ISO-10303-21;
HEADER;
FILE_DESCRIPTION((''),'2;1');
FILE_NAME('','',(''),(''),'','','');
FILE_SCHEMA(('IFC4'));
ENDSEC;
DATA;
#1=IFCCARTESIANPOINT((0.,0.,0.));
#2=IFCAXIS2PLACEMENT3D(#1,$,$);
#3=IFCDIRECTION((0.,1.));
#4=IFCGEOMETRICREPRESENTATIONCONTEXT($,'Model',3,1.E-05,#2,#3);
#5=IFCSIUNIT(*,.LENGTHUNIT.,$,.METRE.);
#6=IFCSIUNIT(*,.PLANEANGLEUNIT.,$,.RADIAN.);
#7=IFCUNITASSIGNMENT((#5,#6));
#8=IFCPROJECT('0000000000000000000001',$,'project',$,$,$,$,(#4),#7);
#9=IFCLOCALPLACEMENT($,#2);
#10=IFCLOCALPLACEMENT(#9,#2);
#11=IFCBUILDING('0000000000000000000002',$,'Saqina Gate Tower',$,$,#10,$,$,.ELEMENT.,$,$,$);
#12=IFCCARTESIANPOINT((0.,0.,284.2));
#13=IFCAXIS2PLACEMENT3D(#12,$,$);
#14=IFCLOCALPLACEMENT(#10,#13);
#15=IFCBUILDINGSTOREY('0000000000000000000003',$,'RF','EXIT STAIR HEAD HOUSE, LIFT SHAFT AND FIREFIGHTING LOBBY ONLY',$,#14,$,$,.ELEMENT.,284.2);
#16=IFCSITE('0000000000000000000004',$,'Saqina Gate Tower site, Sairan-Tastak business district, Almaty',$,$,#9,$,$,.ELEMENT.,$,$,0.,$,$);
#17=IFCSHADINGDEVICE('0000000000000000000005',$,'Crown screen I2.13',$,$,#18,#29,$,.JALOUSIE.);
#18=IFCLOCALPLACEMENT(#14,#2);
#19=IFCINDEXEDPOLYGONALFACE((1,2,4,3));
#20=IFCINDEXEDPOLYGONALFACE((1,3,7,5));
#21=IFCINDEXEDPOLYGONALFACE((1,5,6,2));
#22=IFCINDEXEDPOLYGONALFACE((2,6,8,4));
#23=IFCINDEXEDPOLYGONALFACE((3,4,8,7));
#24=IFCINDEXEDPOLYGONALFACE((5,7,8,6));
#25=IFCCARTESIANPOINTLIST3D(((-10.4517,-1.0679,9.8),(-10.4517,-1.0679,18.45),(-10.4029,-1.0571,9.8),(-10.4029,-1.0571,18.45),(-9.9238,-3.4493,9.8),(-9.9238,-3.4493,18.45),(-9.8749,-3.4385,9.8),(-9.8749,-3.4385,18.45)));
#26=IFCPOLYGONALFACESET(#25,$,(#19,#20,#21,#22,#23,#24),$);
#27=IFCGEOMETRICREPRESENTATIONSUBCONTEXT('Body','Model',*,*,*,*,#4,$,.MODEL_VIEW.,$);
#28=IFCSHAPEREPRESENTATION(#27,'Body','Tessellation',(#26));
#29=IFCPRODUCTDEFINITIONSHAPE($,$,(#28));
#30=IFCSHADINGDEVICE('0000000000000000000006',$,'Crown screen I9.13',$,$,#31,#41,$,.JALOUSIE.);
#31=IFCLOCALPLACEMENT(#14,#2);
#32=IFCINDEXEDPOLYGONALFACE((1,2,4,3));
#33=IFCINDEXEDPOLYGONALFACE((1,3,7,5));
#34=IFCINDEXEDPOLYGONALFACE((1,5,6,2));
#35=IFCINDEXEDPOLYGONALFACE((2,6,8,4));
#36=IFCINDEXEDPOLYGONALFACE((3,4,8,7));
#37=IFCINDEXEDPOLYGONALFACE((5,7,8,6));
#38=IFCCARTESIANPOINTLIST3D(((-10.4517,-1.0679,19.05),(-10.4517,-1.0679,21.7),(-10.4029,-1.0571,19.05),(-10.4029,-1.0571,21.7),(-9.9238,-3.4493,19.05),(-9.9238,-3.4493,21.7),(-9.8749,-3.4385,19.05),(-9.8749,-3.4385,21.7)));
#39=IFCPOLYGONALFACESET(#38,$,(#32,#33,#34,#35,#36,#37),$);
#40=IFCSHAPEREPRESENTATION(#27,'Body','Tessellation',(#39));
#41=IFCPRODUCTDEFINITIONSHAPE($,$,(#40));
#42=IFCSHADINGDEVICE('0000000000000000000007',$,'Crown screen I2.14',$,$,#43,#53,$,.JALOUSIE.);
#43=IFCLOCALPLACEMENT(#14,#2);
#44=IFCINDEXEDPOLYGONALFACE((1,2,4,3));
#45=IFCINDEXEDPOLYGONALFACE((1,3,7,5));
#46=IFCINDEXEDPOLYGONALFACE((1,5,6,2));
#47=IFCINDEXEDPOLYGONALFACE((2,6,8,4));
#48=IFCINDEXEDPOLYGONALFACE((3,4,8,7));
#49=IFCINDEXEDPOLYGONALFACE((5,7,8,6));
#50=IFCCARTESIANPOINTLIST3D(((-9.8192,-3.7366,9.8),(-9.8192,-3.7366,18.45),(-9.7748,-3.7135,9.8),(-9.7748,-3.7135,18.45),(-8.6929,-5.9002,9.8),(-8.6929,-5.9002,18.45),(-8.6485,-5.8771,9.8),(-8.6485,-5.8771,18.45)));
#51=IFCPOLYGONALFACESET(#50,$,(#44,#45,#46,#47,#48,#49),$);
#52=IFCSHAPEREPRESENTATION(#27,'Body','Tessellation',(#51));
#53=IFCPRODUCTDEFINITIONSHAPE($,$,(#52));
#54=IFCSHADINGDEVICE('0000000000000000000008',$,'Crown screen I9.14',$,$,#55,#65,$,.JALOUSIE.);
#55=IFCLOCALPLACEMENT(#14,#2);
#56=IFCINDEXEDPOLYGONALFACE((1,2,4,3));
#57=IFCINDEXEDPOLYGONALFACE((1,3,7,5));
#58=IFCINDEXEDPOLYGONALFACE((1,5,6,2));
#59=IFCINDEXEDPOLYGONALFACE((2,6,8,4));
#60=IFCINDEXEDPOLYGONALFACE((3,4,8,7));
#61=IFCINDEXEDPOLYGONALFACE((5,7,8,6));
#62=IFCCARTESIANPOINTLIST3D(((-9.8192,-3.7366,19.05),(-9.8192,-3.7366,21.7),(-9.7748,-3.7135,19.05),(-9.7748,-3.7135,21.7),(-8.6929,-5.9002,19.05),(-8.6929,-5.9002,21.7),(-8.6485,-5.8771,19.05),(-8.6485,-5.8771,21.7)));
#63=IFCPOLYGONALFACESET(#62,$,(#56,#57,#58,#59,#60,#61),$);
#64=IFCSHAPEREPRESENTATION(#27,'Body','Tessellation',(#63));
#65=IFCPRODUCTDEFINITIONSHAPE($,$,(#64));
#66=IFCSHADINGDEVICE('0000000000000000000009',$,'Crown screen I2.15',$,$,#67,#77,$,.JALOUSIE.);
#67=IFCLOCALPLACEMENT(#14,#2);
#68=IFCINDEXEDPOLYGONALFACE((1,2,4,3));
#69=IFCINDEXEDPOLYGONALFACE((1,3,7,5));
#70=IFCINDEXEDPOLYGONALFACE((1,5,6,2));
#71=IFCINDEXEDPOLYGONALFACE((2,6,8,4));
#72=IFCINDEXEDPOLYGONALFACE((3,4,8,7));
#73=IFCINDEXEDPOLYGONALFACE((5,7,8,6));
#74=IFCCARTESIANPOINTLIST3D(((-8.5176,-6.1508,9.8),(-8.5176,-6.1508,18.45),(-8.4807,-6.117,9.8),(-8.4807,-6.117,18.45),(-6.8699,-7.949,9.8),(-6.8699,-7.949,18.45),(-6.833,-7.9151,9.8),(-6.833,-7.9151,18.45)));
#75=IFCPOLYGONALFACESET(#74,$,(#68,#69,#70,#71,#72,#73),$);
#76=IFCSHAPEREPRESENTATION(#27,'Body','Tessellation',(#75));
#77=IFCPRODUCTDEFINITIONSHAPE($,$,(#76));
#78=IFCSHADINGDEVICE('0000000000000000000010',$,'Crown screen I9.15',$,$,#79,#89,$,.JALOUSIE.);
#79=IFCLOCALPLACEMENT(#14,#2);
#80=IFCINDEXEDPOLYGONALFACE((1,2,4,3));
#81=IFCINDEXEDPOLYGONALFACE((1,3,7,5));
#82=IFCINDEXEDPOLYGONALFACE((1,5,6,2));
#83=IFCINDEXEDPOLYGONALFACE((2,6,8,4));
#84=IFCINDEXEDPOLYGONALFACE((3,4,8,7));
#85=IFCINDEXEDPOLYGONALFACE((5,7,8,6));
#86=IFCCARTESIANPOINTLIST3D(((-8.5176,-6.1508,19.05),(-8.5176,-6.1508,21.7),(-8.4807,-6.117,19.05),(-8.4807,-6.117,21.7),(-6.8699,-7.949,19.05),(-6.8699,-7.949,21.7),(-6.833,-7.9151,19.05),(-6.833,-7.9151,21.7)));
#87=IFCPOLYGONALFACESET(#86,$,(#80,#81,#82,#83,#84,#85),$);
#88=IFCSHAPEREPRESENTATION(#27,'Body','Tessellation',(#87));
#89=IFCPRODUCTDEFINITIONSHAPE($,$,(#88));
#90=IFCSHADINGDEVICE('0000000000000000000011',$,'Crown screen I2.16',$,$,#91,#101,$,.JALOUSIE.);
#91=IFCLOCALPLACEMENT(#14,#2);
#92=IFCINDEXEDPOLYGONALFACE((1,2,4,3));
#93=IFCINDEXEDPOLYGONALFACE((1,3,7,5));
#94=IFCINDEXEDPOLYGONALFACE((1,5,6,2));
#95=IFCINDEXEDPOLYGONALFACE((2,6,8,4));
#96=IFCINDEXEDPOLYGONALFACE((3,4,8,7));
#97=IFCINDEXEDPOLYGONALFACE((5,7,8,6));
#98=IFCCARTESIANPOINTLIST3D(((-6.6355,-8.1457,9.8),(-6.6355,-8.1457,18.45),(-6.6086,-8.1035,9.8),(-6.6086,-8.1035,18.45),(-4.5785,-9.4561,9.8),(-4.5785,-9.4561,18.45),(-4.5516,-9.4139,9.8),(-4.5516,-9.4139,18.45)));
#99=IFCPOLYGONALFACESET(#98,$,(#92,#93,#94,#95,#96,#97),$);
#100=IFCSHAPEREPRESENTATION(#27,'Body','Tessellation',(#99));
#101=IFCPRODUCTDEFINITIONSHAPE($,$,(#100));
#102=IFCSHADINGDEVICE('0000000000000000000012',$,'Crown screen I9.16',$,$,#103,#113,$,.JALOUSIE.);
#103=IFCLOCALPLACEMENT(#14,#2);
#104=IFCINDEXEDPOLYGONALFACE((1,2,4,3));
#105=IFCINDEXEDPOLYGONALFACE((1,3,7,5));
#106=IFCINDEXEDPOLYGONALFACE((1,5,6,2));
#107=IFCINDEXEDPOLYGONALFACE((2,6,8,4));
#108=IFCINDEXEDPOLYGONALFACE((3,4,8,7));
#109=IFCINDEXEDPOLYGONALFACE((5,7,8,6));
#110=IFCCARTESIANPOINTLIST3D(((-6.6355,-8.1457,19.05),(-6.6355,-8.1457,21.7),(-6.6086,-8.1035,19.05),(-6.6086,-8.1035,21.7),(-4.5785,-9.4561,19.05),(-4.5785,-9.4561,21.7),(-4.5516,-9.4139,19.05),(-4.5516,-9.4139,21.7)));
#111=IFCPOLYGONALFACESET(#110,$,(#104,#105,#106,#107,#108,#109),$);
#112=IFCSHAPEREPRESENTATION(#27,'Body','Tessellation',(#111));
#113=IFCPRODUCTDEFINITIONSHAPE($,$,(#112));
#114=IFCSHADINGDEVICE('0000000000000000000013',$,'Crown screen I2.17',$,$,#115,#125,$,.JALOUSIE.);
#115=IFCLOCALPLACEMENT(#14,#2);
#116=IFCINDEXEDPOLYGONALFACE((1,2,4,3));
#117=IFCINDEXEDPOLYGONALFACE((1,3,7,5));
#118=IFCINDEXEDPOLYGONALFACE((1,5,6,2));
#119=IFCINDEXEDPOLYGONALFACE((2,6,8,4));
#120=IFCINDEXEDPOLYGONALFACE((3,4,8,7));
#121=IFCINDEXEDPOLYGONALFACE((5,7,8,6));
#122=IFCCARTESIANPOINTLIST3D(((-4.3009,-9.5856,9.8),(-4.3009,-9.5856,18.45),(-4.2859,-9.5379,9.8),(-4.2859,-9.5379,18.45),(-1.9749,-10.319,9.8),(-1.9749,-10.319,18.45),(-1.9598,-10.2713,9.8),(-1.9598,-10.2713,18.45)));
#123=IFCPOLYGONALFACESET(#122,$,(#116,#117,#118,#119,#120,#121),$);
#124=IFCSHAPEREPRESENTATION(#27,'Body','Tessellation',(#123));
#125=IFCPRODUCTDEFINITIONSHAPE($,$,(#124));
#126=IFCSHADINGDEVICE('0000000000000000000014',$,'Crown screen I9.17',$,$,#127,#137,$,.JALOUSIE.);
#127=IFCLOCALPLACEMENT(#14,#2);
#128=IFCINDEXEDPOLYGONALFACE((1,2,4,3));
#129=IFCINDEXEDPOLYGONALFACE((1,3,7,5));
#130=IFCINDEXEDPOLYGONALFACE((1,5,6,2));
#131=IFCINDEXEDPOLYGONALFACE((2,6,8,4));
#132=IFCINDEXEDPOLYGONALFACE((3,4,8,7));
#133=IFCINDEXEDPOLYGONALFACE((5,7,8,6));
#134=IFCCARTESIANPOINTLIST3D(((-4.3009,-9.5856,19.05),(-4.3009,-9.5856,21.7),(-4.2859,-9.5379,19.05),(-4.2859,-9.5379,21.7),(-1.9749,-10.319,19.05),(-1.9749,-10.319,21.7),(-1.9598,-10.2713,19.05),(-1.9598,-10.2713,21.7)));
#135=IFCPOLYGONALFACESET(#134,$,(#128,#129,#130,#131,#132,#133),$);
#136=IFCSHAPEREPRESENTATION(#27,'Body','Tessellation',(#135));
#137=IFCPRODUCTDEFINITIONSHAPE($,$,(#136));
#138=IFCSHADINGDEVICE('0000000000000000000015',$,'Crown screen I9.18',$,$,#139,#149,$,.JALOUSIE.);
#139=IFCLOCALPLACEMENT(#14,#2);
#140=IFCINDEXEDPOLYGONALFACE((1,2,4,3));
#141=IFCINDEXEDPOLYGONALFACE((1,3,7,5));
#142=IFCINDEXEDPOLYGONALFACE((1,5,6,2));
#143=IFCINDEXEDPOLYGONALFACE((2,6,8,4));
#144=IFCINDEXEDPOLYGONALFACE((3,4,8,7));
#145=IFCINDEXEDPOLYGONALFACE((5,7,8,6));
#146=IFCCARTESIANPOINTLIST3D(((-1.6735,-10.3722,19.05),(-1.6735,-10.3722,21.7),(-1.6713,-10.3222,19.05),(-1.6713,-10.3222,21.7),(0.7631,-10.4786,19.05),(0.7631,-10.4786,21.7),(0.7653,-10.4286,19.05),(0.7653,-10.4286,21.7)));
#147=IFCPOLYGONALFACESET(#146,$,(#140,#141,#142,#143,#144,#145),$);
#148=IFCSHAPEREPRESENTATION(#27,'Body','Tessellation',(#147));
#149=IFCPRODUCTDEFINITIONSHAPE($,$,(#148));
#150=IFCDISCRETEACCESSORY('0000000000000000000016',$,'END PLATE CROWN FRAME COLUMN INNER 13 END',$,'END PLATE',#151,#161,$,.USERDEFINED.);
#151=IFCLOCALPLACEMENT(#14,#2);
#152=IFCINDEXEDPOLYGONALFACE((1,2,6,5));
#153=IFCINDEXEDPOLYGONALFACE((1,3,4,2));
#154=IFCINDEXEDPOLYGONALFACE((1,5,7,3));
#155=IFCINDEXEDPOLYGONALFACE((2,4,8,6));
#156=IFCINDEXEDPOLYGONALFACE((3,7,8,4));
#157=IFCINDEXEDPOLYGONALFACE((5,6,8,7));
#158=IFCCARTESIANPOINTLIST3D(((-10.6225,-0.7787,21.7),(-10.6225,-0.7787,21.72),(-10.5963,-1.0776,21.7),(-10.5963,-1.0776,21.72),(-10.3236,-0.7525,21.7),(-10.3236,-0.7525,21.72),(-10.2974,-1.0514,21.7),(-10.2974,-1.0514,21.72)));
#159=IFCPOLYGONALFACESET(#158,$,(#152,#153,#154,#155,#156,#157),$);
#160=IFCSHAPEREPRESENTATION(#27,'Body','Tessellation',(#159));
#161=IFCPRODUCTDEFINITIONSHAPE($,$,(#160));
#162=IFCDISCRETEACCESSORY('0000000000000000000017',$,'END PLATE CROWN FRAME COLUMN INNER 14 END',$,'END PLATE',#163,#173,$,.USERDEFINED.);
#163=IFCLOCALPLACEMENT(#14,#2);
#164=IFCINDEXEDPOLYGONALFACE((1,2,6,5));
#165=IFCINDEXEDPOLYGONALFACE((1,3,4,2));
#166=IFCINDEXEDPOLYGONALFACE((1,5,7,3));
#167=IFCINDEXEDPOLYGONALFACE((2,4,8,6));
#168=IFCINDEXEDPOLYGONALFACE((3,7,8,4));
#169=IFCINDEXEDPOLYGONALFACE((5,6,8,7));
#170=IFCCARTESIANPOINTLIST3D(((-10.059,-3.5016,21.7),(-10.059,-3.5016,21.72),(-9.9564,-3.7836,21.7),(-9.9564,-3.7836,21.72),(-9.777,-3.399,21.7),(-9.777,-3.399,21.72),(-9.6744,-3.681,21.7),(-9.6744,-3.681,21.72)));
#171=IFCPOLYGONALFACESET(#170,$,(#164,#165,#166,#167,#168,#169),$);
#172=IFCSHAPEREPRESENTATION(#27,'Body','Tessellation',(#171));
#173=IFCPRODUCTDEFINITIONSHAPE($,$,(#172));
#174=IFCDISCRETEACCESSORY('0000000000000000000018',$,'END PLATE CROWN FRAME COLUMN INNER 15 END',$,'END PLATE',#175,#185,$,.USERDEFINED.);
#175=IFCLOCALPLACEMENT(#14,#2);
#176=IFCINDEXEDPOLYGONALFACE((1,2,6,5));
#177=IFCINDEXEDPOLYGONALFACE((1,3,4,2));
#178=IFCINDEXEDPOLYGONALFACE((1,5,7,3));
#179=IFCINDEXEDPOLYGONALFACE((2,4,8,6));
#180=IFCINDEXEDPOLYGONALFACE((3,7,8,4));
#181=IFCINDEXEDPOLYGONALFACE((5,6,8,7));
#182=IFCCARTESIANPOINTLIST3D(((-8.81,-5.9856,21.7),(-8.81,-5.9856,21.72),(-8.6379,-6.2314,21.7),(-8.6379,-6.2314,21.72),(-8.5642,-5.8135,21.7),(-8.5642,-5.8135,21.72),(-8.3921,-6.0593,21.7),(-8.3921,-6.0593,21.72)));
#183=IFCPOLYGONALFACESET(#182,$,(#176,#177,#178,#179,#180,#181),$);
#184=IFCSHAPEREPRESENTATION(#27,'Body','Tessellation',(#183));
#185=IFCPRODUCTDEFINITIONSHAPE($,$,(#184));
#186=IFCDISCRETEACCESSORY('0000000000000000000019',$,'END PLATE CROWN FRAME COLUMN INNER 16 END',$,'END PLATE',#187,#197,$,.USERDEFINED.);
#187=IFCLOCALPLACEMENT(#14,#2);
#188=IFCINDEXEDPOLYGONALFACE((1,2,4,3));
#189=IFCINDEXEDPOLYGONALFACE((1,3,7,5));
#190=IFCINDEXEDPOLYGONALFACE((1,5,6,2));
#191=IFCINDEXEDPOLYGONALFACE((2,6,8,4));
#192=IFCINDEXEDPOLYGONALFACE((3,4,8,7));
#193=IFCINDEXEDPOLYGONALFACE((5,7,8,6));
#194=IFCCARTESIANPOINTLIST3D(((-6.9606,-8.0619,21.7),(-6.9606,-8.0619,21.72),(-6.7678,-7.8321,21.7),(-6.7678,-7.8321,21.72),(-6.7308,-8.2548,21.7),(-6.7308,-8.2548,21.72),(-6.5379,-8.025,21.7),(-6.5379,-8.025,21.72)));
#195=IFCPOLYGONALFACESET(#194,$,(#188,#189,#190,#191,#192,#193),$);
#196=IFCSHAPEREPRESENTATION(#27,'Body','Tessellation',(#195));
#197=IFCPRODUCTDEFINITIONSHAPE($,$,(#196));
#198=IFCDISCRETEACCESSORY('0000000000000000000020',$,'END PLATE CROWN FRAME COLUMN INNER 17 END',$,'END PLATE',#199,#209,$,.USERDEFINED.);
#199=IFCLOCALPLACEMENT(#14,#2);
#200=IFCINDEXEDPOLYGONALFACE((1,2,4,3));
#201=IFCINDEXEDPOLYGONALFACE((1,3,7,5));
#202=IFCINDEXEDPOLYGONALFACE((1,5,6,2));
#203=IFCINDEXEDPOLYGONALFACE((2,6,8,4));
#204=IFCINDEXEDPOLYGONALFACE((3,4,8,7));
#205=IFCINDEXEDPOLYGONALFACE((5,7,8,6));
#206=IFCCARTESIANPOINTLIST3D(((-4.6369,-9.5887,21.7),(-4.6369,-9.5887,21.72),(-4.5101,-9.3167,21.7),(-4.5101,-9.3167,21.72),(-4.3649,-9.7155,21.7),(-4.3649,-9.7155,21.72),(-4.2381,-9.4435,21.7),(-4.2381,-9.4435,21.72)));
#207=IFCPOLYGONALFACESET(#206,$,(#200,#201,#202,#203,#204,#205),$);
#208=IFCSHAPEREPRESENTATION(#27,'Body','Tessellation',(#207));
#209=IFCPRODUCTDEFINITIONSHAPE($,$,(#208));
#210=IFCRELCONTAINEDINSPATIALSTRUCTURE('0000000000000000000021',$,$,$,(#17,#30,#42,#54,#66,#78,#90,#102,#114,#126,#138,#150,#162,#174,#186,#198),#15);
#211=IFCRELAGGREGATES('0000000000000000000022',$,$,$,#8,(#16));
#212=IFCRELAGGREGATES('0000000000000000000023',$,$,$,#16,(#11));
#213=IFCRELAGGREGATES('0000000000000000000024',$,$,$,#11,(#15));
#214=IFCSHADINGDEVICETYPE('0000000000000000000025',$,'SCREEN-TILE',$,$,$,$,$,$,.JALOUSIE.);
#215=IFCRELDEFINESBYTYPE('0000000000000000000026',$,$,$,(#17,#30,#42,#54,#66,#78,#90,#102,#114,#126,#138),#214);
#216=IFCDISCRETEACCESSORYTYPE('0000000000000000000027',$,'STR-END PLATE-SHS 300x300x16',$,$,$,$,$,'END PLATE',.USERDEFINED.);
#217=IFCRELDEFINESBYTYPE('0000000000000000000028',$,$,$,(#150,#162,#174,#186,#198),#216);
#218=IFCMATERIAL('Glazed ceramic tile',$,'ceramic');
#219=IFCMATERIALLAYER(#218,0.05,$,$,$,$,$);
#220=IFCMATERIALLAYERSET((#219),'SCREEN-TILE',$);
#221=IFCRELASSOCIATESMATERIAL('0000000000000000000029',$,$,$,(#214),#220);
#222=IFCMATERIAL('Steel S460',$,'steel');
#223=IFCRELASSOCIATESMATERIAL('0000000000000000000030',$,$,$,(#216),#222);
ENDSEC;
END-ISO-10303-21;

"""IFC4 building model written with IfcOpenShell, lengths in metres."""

from ifc_helpers import new_model, si_unit, direction, frame, origin, origin_2d, place, context, subcontext, project, spatial, rectangle, extrude, material, layer, layer_set, material_profile, profile_set, type_object, element, save


model = new_model("IFC4")

# Units and contexts
model_context = context("Model", 3, precision=1e-05, world=origin(), true_north=direction((0.0, 1.0)))
body_context = subcontext(model_context, "Body", "Model", "MODEL_VIEW")
ifc_project = project(units=[si_unit("LENGTHUNIT", "METRE"), si_unit("PLANEANGLEUNIT", "RADIAN")], contexts=[model_context])

# Site, building, storey
site_placement = place(None, origin())
site = spatial("IfcSite", under=ifc_project, at=site_placement, Name="Saqina Gate Tower site, Sairan-Tastak business district, Almaty", CompositionType="ELEMENT", RefElevation=0.0)
building_placement = place(site_placement, origin())
building = spatial("IfcBuilding", under=site, at=building_placement, Name="Saqina Gate Tower", CompositionType="ELEMENT")
storey_placement = place(building_placement, frame((0.0, 0.0, 284.2)))
storey = spatial("IfcBuildingStorey", under=building, at=storey_placement, Name="RF", Description="EXIT STAIR HEAD HOUSE, LIFT SHAFT AND FIREFIGHTING LOBBY ONLY", CompositionType="ELEMENT", Elevation=284.2)

# Shading devices
ifc_material_1 = material(Name="Glazed ceramic tile", Category="ceramic")
ifc_layer = layer(ifc_material_1, 0.05)
ifc_layer_set = layer_set([ifc_layer], Name="SCREEN-TILE")
shading_device_type = type_object("IfcShadingDeviceType", Name="SCREEN-TILE", PredefinedType="JALOUSIE", material=ifc_layer_set)
shading_device_1_placement = place(storey_placement, frame((-10.1633, -2.2532, 9.8), z_axis=(0.0, 0.0, 1.0), x_axis=(0.21644, -0.976296, 0.0)))
element("IfcShadingDevice", 1, at=shading_device_1_placement, inside=storey, type_object=shading_device_type, Name="Crown screen I2.13", PredefinedType="JALOUSIE", context=body_context, shape_type="SweptSolid", body=[
    extrude(rectangle(XDim=2.4392, YDim=0.05, at=origin_2d()), origin(), (0.0, 0.0, 1.0), 8.6499),
])
shading_device_2_placement = place(storey_placement, frame((-10.1633, -2.2532, 19.05), z_axis=(0.0, 0.0, 1.0), x_axis=(0.21644, -0.976296, 0.0)))
element("IfcShadingDevice", 2, at=shading_device_2_placement, inside=storey, type_object=shading_device_type, Name="Crown screen I9.13", PredefinedType="JALOUSIE", context=body_context, shape_type="SweptSolid", body=[
    extrude(rectangle(XDim=2.4392, YDim=0.05, at=origin_2d()), origin(), (0.0, 0.0, 1.0), 2.6499),
])
shading_device_3_placement = place(storey_placement, frame((-9.2339, -4.8069, 9.8), z_axis=(0.0, 0.0, 1.0), x_axis=(0.461749, -0.887011, 0.0)))
element("IfcShadingDevice", 3, at=shading_device_3_placement, inside=storey, type_object=shading_device_type, Name="Crown screen I2.14", PredefinedType="JALOUSIE", context=body_context, shape_type="SweptSolid", body=[
    extrude(rectangle(XDim=2.4392, YDim=0.05, at=origin_2d()), origin(), (0.0, 0.0, 1.0), 8.6499),
])
shading_device_4_placement = place(storey_placement, frame((-9.2339, -4.8069, 19.05), z_axis=(0.0, 0.0, 1.0), x_axis=(0.461749, -0.887011, 0.0)))
element("IfcShadingDevice", 4, at=shading_device_4_placement, inside=storey, type_object=shading_device_type, Name="Crown screen I9.14", PredefinedType="JALOUSIE", context=body_context, shape_type="SweptSolid", body=[
    extrude(rectangle(XDim=2.4392, YDim=0.05, at=origin_2d()), origin(), (0.0, 0.0, 1.0), 2.6499),
])
shading_device_5_placement = place(storey_placement, frame((-7.6753, -7.033, 9.8), z_axis=(0.0, 0.0, 1.0), x_axis=(0.67559, -0.737277, 0.0)))
element("IfcShadingDevice", 5, at=shading_device_5_placement, inside=storey, type_object=shading_device_type, Name="Crown screen I2.15", PredefinedType="JALOUSIE", context=body_context, shape_type="SweptSolid", body=[
    extrude(rectangle(XDim=2.439, YDim=0.05, at=origin_2d()), origin(), (0.0, 0.0, 1.0), 8.6499),
])
shading_device_6_placement = place(storey_placement, frame((-7.6753, -7.033, 19.05), z_axis=(0.0, 0.0, 1.0), x_axis=(0.67559, -0.737277, 0.0)))
element("IfcShadingDevice", 6, at=shading_device_6_placement, inside=storey, type_object=shading_device_type, Name="Crown screen I9.15", PredefinedType="JALOUSIE", context=body_context, shape_type="SweptSolid", body=[
    extrude(rectangle(XDim=2.439, YDim=0.05, at=origin_2d()), origin(), (0.0, 0.0, 1.0), 2.6499),
])
shading_device_7_placement = place(storey_placement, frame((-5.5935, -8.7798, 9.8), z_axis=(0.0, 0.0, 1.0), x_axis=(0.843391, -0.5373, 0.0)))
element("IfcShadingDevice", 7, at=shading_device_7_placement, inside=storey, type_object=shading_device_type, Name="Crown screen I2.16", PredefinedType="JALOUSIE", context=body_context, shape_type="SweptSolid", body=[
    extrude(rectangle(XDim=2.439, YDim=0.05, at=origin_2d()), origin(), (0.0, 0.0, 1.0), 8.6499),
])
shading_device_8_placement = place(storey_placement, frame((-5.5935, -8.7798, 19.05), z_axis=(0.0, 0.0, 1.0), x_axis=(0.843391, -0.5373, 0.0)))
element("IfcShadingDevice", 8, at=shading_device_8_placement, inside=storey, type_object=shading_device_type, Name="Crown screen I9.16", PredefinedType="JALOUSIE", context=body_context, shape_type="SweptSolid", body=[
    extrude(rectangle(XDim=2.439, YDim=0.05, at=origin_2d()), origin(), (0.0, 0.0, 1.0), 2.6499),
])
shading_device_9_placement = place(storey_placement, frame((-3.1304, -9.9285, 9.8), z_axis=(0.0, 0.0, 1.0), x_axis=(0.953717, -0.300706, 0.0)))
element("IfcShadingDevice", 9, at=shading_device_9_placement, inside=storey, type_object=shading_device_type, Name="Crown screen I2.17", PredefinedType="JALOUSIE", context=body_context, shape_type="SweptSolid", body=[
    extrude(rectangle(XDim=2.439, YDim=0.05, at=origin_2d()), origin(), (0.0, 0.0, 1.0), 8.6499),
])
for number, where, z_axis, x_axis, name in (
    (10, (-3.1304, -9.9285, 19.05), (0.0, 0.0, 1.0), (0.953717, -0.300706, 0.0), "Crown screen I9.17"),
    (11, (-0.4541, -10.4004, 19.05), (0.0, 0.0, 1.0), (0.999048, -0.043619, 0.0), "Crown screen I9.18"),
):
    element("IfcShadingDevice", number, at=place(storey_placement, frame(where, z_axis=z_axis, x_axis=x_axis)), inside=storey, type_object=shading_device_type, Name=name, PredefinedType="JALOUSIE", context=body_context, shape_type="SweptSolid", body=[
        extrude(rectangle(XDim=2.439, YDim=0.05, at=origin_2d()), origin(), (0.0, 0.0, 1.0), 2.6499),
    ])

# Discrete accessories
ifc_material_2 = material(Name="Steel S460", Category="steel")
ifc_material_profile_1 = material_profile(ifc_material_2, rectangle(XDim=0.3, YDim=0.3, at=origin_2d()), Name="STR-END PLATE-SHS 300x300x16")
ifc_profile_set_1 = profile_set([ifc_material_profile_1], Name="Steel S460")
discrete_accessory_type = type_object("IfcDiscreteAccessoryType", Name="STR-END PLATE-SHS 300x300x16", ElementType="END PLATE", PredefinedType="USERDEFINED", material=ifc_profile_set_1)
for number, where, z_axis, x_axis, name in (
    (12, (-10.46, -0.915, 21.7), (0.0, 0.0, 1.0), (-0.996195, -0.087156, 0.0), "END PLATE CROWN FRAME COLUMN INNER 13 END"),
    (13, (-9.8667, -3.5913, 21.7), (0.0, 0.0, 1.0), (-0.939693, -0.34202, 0.0), "END PLATE CROWN FRAME COLUMN INNER 14 END"),
    (14, (-8.6011, -6.0225, 21.7), (0.0, 0.0, 1.0), (-0.819152, -0.573576, 0.0), "END PLATE CROWN FRAME COLUMN INNER 15 END"),
    (15, (-6.7493, -8.0435, 21.7), (0.0, 0.0, 1.0), (-0.642788, -0.766044, 0.0), "END PLATE CROWN FRAME COLUMN INNER 16 END"),
    (16, (-4.4375, -9.5161, 21.7), (0.0, 0.0, 1.0), (-0.422618, -0.906308, 0.0), "END PLATE CROWN FRAME COLUMN INNER 17 END"),
):
    element("IfcDiscreteAccessory", number, at=place(storey_placement, frame(where, z_axis=z_axis, x_axis=x_axis)), inside=storey, type_object=discrete_accessory_type, Name=name, ObjectType="END PLATE", PredefinedType="USERDEFINED", context=body_context, shape_type="SweptSolid", body=[
        extrude(rectangle(XDim=0.3, YDim=0.3, at=origin_2d()), origin(), (0.0, 0.0, 1.0), 0.02),
    ])

save(model, "model.ifc")
